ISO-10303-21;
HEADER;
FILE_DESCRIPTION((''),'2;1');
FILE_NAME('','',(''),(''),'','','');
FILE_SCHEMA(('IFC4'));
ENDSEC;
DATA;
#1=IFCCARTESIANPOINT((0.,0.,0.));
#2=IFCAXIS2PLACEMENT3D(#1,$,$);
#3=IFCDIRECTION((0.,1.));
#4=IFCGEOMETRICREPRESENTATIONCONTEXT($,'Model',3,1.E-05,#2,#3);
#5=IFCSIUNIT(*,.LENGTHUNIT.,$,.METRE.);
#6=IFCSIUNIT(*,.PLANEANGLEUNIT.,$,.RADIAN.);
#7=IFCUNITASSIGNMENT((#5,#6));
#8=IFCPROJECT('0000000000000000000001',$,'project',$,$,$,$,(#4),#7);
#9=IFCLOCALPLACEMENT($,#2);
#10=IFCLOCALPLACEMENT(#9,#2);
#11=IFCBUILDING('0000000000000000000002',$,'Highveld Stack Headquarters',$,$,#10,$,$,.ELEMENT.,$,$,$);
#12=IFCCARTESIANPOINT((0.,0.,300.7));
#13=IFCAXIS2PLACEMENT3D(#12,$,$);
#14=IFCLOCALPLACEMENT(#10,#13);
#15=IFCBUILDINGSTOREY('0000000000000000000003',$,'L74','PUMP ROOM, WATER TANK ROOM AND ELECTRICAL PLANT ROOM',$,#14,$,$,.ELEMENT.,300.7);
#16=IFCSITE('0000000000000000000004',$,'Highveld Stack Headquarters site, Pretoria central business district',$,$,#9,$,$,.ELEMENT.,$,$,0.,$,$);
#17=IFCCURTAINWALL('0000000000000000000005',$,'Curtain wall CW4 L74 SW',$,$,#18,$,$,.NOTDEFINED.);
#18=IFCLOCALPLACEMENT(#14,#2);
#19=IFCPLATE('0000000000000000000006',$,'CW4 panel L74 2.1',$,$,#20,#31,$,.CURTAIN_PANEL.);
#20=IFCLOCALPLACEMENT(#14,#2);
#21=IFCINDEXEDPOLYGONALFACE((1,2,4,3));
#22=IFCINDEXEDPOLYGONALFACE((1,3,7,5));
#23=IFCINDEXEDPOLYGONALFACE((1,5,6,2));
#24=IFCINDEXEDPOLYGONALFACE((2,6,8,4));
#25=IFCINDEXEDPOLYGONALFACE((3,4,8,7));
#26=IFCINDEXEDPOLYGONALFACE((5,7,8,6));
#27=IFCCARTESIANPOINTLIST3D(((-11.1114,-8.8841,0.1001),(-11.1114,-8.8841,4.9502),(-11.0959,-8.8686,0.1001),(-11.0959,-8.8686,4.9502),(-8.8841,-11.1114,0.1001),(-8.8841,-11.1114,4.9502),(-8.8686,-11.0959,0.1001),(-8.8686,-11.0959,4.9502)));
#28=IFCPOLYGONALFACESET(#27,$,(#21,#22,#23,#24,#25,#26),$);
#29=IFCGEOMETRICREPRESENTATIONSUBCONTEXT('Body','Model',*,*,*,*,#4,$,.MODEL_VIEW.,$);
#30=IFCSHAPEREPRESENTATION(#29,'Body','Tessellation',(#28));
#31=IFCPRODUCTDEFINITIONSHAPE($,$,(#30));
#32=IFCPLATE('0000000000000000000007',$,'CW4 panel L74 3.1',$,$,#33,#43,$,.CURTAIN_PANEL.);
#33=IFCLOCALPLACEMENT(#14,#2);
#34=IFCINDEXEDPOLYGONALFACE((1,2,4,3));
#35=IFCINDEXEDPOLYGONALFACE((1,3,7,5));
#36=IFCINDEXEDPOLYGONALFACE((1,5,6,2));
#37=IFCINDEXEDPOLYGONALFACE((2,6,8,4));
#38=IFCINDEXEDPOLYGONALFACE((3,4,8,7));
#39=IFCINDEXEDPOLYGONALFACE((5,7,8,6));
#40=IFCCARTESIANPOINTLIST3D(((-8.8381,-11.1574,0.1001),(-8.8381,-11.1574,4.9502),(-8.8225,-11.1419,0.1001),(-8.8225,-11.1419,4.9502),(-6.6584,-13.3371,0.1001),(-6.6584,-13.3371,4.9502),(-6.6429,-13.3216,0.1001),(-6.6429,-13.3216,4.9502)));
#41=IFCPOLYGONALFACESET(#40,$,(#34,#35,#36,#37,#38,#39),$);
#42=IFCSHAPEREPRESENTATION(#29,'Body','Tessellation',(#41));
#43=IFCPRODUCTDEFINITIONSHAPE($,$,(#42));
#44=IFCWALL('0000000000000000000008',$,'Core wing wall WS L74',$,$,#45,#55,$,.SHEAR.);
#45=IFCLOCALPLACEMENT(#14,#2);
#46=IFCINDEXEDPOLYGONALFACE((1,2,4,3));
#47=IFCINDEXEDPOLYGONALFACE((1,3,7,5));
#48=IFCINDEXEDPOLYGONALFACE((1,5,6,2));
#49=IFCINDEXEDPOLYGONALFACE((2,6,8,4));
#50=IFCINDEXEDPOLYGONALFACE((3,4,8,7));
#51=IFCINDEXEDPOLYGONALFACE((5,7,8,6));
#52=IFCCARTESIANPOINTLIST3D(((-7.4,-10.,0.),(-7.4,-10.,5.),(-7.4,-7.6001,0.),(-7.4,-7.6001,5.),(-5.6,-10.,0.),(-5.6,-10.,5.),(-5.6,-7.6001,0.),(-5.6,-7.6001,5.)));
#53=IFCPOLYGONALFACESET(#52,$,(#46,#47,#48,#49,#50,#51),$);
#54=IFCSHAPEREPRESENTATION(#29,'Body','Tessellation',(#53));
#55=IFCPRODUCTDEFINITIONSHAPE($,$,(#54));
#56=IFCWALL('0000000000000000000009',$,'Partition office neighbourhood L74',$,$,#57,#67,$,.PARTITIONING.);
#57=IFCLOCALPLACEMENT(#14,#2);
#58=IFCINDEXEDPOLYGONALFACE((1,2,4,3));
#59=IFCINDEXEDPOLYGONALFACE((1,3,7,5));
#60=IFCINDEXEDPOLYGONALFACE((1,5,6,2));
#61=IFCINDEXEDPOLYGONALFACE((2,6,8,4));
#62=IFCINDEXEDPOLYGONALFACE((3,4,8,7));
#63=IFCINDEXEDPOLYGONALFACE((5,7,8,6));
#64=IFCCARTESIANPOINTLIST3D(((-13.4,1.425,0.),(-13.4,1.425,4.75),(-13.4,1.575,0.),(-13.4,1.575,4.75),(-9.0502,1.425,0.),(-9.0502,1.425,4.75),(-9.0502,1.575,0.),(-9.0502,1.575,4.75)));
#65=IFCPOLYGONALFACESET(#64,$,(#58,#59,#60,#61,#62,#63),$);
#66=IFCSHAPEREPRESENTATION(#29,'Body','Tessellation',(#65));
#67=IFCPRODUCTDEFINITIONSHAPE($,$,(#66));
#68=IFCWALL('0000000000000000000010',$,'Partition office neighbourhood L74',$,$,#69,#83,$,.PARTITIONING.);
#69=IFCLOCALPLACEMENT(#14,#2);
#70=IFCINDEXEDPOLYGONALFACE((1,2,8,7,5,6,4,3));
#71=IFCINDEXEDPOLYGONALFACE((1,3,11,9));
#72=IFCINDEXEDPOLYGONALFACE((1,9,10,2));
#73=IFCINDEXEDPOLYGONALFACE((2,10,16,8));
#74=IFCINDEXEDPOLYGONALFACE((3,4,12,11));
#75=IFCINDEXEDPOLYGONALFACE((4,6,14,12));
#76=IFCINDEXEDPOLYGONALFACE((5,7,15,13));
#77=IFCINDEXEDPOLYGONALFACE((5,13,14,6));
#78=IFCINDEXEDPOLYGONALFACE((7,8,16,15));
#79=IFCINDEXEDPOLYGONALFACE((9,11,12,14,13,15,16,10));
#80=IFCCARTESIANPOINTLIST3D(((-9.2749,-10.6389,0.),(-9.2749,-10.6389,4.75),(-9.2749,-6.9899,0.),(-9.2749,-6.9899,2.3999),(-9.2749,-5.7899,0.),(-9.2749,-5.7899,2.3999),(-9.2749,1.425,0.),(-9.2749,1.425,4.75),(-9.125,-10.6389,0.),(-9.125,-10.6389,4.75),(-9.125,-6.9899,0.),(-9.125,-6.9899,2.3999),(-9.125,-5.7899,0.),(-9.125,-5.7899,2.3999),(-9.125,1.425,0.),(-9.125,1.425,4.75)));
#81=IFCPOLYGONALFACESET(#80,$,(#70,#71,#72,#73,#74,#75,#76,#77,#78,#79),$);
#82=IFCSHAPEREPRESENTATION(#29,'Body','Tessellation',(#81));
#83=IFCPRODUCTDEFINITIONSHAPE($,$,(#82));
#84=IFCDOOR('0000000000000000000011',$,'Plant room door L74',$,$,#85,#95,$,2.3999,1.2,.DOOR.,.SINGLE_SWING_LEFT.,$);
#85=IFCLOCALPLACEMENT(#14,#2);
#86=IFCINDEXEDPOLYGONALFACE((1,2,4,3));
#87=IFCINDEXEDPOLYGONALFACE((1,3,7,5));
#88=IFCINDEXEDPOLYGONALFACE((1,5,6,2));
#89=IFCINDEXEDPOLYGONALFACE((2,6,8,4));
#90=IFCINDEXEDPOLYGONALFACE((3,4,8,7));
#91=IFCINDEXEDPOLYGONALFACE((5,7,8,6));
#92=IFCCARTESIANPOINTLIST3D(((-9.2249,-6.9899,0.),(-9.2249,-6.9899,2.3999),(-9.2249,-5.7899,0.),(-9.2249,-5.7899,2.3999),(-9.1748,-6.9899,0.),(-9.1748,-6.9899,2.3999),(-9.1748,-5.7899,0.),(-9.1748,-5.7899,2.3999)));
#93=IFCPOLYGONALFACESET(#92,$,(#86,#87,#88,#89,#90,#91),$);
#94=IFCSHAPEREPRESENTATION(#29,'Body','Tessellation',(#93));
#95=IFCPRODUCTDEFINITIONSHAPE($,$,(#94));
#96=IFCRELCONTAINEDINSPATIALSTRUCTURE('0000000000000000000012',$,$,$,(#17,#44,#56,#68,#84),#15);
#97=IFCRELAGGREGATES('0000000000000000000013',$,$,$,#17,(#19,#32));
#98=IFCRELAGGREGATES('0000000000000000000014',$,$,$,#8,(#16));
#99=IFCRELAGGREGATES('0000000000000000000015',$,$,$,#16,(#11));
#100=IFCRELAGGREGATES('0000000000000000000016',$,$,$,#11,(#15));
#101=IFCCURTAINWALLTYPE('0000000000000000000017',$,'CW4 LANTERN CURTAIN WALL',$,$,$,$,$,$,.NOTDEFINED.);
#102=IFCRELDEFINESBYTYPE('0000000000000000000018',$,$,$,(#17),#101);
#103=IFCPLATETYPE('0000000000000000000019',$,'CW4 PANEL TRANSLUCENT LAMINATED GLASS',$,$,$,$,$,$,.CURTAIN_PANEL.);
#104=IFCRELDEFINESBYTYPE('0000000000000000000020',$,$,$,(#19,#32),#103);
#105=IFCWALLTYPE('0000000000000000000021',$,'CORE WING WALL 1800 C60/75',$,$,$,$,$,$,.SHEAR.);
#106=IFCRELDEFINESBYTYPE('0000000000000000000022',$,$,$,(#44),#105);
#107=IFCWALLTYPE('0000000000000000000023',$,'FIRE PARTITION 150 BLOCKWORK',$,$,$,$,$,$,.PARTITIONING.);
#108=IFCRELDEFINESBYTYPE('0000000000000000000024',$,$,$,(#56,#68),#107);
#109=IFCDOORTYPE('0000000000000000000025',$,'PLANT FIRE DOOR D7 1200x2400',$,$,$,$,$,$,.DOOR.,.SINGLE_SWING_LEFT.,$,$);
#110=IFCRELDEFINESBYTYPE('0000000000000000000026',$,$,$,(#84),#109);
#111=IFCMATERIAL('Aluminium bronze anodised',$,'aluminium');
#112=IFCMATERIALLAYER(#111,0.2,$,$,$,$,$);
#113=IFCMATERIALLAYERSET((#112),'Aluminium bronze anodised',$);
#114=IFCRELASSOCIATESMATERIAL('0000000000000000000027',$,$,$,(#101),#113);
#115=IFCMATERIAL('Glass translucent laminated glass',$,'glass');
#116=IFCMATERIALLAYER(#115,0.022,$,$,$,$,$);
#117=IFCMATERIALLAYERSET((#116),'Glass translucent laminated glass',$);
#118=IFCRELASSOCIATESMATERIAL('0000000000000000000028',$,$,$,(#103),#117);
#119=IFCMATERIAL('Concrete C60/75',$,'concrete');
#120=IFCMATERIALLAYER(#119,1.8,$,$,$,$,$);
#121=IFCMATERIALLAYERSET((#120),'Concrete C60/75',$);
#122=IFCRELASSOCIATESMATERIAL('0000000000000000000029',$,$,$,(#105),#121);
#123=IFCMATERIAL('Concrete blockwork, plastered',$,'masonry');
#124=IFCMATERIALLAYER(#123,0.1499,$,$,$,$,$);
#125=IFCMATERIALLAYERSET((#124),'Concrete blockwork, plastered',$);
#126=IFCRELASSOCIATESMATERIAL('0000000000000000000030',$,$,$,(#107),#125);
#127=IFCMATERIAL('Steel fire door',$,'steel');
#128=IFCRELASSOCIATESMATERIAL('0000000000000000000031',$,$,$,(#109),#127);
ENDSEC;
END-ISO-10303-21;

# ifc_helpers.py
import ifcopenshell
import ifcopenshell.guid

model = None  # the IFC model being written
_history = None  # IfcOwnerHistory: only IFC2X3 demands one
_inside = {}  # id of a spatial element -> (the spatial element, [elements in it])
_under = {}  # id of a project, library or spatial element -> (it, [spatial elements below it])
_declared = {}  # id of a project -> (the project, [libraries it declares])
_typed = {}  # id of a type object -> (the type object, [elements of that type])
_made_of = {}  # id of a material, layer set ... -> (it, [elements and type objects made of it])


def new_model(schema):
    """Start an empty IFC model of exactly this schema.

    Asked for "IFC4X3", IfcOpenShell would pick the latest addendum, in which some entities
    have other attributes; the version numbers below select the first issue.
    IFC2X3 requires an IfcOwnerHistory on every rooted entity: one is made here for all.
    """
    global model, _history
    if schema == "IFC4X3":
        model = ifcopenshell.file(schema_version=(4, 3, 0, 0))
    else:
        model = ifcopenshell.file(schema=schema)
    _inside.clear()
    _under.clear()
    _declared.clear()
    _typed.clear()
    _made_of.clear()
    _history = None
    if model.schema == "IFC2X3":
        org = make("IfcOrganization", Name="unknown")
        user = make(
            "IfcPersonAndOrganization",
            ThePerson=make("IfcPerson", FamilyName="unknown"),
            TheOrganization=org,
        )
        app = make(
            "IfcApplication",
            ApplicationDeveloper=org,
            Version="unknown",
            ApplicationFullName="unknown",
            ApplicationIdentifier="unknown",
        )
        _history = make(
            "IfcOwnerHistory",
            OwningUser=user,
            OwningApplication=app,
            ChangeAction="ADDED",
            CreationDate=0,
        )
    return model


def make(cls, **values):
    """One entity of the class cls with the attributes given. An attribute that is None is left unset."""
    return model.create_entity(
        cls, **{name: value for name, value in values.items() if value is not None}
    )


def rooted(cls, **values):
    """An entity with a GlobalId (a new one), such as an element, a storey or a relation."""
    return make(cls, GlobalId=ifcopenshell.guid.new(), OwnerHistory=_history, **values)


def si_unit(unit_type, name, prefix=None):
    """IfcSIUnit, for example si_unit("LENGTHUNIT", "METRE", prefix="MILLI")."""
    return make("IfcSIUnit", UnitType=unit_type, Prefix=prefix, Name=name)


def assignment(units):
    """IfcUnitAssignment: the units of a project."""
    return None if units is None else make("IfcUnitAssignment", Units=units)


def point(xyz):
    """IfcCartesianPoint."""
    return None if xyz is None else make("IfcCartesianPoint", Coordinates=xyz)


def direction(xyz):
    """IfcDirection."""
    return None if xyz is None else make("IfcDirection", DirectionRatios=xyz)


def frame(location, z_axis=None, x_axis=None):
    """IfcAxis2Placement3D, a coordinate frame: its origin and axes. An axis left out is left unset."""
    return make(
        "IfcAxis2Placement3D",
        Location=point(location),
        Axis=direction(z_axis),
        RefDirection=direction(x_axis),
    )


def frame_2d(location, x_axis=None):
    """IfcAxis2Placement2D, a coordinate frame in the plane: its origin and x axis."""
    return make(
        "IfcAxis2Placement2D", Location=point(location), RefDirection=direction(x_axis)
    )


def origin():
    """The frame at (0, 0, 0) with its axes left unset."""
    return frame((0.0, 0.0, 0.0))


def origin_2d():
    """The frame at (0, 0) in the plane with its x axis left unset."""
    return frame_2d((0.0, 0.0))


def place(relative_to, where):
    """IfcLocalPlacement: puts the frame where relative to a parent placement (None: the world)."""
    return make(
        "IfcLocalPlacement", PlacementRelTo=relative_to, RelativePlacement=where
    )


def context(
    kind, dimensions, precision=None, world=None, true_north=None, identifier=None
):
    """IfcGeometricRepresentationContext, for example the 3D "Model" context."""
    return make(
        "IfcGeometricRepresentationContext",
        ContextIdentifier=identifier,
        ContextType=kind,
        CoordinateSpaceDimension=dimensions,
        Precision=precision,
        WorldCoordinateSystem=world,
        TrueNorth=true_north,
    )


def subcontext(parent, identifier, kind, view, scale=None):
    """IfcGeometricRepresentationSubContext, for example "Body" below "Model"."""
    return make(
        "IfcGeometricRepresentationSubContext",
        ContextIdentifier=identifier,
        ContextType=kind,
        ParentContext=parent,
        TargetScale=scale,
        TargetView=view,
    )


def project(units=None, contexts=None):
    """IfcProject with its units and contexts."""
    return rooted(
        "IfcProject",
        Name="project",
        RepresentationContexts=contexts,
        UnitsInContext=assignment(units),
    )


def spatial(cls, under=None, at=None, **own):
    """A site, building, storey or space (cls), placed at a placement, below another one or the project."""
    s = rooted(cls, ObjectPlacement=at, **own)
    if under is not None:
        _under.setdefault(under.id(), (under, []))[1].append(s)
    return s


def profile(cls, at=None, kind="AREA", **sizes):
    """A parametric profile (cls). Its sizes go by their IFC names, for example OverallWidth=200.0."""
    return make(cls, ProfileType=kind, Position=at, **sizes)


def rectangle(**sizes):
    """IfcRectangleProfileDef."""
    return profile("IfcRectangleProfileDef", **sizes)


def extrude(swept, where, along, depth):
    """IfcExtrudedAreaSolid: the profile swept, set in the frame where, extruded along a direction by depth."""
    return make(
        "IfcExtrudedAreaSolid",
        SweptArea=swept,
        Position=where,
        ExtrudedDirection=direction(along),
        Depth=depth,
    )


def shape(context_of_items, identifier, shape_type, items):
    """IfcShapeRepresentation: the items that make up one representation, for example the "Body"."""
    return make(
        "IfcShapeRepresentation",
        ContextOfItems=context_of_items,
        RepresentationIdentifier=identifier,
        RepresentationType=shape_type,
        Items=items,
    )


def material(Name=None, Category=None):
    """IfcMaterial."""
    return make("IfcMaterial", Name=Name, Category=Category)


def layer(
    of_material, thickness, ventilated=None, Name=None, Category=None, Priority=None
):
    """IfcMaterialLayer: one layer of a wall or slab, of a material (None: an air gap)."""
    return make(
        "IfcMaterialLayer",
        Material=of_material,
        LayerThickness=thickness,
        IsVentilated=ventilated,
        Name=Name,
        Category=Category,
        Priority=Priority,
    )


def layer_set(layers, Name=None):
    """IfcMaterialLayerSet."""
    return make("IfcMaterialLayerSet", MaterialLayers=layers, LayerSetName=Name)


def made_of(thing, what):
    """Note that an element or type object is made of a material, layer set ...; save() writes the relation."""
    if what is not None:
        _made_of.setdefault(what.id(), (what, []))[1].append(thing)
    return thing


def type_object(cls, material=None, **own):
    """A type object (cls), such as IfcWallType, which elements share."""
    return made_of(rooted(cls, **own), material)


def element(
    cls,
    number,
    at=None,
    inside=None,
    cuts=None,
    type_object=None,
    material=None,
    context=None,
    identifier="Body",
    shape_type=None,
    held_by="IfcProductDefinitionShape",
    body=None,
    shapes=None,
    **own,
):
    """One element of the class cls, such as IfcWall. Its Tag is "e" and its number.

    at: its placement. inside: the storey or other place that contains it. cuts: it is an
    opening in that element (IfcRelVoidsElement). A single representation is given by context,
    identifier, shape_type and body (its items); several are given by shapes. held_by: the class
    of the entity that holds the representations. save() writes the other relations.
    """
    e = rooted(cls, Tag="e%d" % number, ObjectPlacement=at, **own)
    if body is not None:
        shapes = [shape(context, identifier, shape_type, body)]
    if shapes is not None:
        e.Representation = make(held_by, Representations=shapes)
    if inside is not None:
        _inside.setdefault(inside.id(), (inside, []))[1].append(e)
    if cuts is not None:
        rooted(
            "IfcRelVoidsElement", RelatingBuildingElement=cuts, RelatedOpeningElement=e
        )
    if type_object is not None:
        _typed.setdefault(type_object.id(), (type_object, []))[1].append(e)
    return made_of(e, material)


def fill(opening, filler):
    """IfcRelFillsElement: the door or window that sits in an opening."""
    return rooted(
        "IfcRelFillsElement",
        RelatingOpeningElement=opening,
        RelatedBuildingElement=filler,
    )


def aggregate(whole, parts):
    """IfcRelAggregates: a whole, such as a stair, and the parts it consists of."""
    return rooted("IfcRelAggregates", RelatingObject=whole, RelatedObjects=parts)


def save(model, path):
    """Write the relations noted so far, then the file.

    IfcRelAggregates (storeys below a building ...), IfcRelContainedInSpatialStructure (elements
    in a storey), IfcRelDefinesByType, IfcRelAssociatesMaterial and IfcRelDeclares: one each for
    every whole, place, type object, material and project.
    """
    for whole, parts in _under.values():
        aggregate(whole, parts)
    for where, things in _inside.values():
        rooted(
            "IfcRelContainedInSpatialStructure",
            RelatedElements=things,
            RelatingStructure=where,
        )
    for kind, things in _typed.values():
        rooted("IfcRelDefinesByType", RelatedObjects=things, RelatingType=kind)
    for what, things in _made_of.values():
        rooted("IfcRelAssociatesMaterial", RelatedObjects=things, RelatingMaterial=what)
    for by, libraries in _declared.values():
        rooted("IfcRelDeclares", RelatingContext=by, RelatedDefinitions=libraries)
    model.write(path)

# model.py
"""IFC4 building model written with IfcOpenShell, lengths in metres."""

from ifc_helpers import new_model, si_unit, direction, frame, frame_2d, origin, origin_2d, place, context, subcontext, project, spatial, rectangle, extrude, material, layer, layer_set, type_object, element, fill, aggregate, save


model = new_model("IFC4")

# Units and contexts
model_context = context("Model", 3, precision=1e-05, world=origin(), true_north=direction((0.0, 1.0)))
body_context = subcontext(model_context, "Body", "Model", "MODEL_VIEW")
ifc_project = project(units=[si_unit("LENGTHUNIT", "METRE"), si_unit("PLANEANGLEUNIT", "RADIAN")], contexts=[model_context])

# Site, building, storey
site_placement = place(None, origin())
site = spatial("IfcSite", under=ifc_project, at=site_placement, Name="Highveld Stack Headquarters site, Pretoria central business district", CompositionType="ELEMENT", RefElevation=0.0)
building_placement = place(site_placement, origin())
building = spatial("IfcBuilding", under=site, at=building_placement, Name="Highveld Stack Headquarters", CompositionType="ELEMENT")
storey_placement = place(building_placement, frame((0.0, 0.0, 300.7)))
storey = spatial("IfcBuildingStorey", under=building, at=storey_placement, Name="L74", Description="PUMP ROOM, WATER TANK ROOM AND ELECTRICAL PLANT ROOM", CompositionType="ELEMENT", Elevation=300.7)

# Shared definitions
ifc_material_1 = material(Name="Aluminium bronze anodised", Category="aluminium")
ifc_layer_1 = layer(ifc_material_1, 0.2)
ifc_layer_set_1 = layer_set([ifc_layer_1], Name="Aluminium bronze anodised")
curtain_wall_type = type_object("IfcCurtainWallType", Name="CW4 LANTERN CURTAIN WALL", PredefinedType="NOTDEFINED", material=ifc_layer_set_1)

# Curtain wall
curtain_wall_1_placement = place(storey_placement, origin())
curtain_wall_1 = element("IfcCurtainWall", 1, at=curtain_wall_1_placement, inside=storey, type_object=curtain_wall_type, Name="Curtain wall CW4 L74 SW", PredefinedType="NOTDEFINED")

# Plates
ifc_material_2 = material(Name="Glass translucent laminated glass", Category="glass")
ifc_layer_2 = layer(ifc_material_2, 0.022)
ifc_layer_set_2 = layer_set([ifc_layer_2], Name="Glass translucent laminated glass")
plate_type = type_object("IfcPlateType", Name="CW4 PANEL TRANSLUCENT LAMINATED GLASS", PredefinedType="CURTAIN_PANEL", material=ifc_layer_set_2)
plate_1_placement = place(storey_placement, frame((-9.99, -9.99, 0.1001), z_axis=(0.0, 0.0, 1.0), x_axis=(0.707107, -0.707107, 0.0)))
plate_1 = element("IfcPlate", 2, at=plate_1_placement, type_object=plate_type, Name="CW4 panel L74 2.1", PredefinedType="CURTAIN_PANEL", context=body_context, shape_type="SweptSolid", body=[
    extrude(rectangle(XDim=3.1499, YDim=0.022, at=origin_2d()), origin(), (0.0, 0.0, 1.0), 4.8501),
])
plate_2_placement = place(storey_placement, frame((-7.7405, -12.2395, 0.1001), z_axis=(0.0, 0.0, 1.0), x_axis=(0.707107, -0.707107, 0.0)))
plate_2 = element("IfcPlate", 3, at=plate_2_placement, type_object=plate_type, Name="CW4 panel L74 3.1", PredefinedType="CURTAIN_PANEL", context=body_context, shape_type="SweptSolid", body=[
    extrude(rectangle(XDim=3.0825, YDim=0.022, at=origin_2d()), origin(), (0.0, 0.0, 1.0), 4.8501),
])
aggregate(curtain_wall_1, [plate_1, plate_2])

# Walls
ifc_material_3 = material(Name="Concrete C60/75", Category="concrete")
ifc_layer_3 = layer(ifc_material_3, 1.8)
ifc_layer_set_3 = layer_set([ifc_layer_3], Name="Concrete C60/75")
wall_type_1 = type_object("IfcWallType", Name="CORE WING WALL 1800 C60/75", PredefinedType="SHEAR", material=ifc_layer_set_3)
wall_1_placement = place(storey_placement, frame((-6.5, -10.0, 0.0), z_axis=(0.0, 0.0, 1.0), x_axis=(0.0, 1.0, 0.0)))
element("IfcWall", 4, at=wall_1_placement, inside=storey, type_object=wall_type_1, Name="Core wing wall WS L74", PredefinedType="SHEAR", context=body_context, shape_type="SweptSolid", body=[
    extrude(rectangle(XDim=2.3999, YDim=1.8, at=frame_2d((1.2, 0.0))), origin(), (0.0, 0.0, 1.0), 5.0),
])
ifc_material_4 = material(Name="Concrete blockwork, plastered", Category="masonry")
ifc_layer_4 = layer(ifc_material_4, 0.1499)
ifc_layer_set_4 = layer_set([ifc_layer_4], Name="Concrete blockwork, plastered")
wall_type_2 = type_object("IfcWallType", Name="FIRE PARTITION 150 BLOCKWORK", PredefinedType="PARTITIONING", material=ifc_layer_set_4)
wall_2_placement = place(storey_placement, frame((-13.3999, 1.5, 0.0), z_axis=(0.0, 0.0, 1.0), x_axis=(1.0, 0.0, 0.0)))
element("IfcWall", 5, at=wall_2_placement, inside=storey, type_object=wall_type_2, Name="Partition office neighbourhood L74", PredefinedType="PARTITIONING", context=body_context, shape_type="SweptSolid", body=[
    extrude(rectangle(XDim=4.3499, YDim=0.1499, at=frame_2d((2.1748, 0.0))), origin(), (0.0, 0.0, 1.0), 4.75),
])

# Wall, opening, door
wall_3_placement = place(storey_placement, frame((-9.2, -10.6389, 0.0), z_axis=(0.0, 0.0, 1.0), x_axis=(0.0, 1.0, 0.0)))
wall_3 = element("IfcWall", 6, at=wall_3_placement, inside=storey, type_object=wall_type_2, Name="Partition office neighbourhood L74", PredefinedType="PARTITIONING", context=body_context, shape_type="SweptSolid", body=[
    extrude(rectangle(XDim=12.064, YDim=0.1499, at=frame_2d((6.032, 0.0))), origin(), (0.0, 0.0, 1.0), 4.75),
])
opening_1_placement = place(wall_3_placement, frame((3.6489, 0.0, 0.0)))
opening_1 = element("IfcOpeningElement", 7, at=opening_1_placement, cuts=wall_3, PredefinedType="OPENING", context=body_context, shape_type="SweptSolid", body=[
    extrude(rectangle(XDim=1.2, YDim=2.3999, at=frame_2d((0.6001, 1.2))), frame((0.0, 0.085, 0.0), z_axis=(0.0, -1.0, 0.0), x_axis=(1.0, 0.0, 0.0)), (0.0, 0.0, 1.0), 0.1699),
])
ifc_material_5 = material(Name="Steel fire door", Category="steel")
door_type = type_object("IfcDoorType", Name="PLANT FIRE DOOR D7 1200x2400", OperationType="SINGLE_SWING_LEFT", PredefinedType="DOOR", material=ifc_material_5)
door_1_placement = place(opening_1_placement, origin())
door_1 = element("IfcDoor", 8, at=door_1_placement, inside=storey, type_object=door_type, Name="Plant room door L74", OperationType="SINGLE_SWING_LEFT", OverallHeight=2.3999, OverallWidth=1.2, PredefinedType="DOOR", context=body_context, shape_type="SweptSolid", body=[
    extrude(rectangle(XDim=1.2, YDim=2.3999, at=frame_2d((0.6001, 1.2))), frame((0.0, 0.0249, 0.0), z_axis=(0.0, -1.0, 0.0), x_axis=(1.0, 0.0, 0.0)), (0.0, 0.0, 1.0), 0.05),
])
fill(opening_1, door_1)

save(model, "model.ifc")
